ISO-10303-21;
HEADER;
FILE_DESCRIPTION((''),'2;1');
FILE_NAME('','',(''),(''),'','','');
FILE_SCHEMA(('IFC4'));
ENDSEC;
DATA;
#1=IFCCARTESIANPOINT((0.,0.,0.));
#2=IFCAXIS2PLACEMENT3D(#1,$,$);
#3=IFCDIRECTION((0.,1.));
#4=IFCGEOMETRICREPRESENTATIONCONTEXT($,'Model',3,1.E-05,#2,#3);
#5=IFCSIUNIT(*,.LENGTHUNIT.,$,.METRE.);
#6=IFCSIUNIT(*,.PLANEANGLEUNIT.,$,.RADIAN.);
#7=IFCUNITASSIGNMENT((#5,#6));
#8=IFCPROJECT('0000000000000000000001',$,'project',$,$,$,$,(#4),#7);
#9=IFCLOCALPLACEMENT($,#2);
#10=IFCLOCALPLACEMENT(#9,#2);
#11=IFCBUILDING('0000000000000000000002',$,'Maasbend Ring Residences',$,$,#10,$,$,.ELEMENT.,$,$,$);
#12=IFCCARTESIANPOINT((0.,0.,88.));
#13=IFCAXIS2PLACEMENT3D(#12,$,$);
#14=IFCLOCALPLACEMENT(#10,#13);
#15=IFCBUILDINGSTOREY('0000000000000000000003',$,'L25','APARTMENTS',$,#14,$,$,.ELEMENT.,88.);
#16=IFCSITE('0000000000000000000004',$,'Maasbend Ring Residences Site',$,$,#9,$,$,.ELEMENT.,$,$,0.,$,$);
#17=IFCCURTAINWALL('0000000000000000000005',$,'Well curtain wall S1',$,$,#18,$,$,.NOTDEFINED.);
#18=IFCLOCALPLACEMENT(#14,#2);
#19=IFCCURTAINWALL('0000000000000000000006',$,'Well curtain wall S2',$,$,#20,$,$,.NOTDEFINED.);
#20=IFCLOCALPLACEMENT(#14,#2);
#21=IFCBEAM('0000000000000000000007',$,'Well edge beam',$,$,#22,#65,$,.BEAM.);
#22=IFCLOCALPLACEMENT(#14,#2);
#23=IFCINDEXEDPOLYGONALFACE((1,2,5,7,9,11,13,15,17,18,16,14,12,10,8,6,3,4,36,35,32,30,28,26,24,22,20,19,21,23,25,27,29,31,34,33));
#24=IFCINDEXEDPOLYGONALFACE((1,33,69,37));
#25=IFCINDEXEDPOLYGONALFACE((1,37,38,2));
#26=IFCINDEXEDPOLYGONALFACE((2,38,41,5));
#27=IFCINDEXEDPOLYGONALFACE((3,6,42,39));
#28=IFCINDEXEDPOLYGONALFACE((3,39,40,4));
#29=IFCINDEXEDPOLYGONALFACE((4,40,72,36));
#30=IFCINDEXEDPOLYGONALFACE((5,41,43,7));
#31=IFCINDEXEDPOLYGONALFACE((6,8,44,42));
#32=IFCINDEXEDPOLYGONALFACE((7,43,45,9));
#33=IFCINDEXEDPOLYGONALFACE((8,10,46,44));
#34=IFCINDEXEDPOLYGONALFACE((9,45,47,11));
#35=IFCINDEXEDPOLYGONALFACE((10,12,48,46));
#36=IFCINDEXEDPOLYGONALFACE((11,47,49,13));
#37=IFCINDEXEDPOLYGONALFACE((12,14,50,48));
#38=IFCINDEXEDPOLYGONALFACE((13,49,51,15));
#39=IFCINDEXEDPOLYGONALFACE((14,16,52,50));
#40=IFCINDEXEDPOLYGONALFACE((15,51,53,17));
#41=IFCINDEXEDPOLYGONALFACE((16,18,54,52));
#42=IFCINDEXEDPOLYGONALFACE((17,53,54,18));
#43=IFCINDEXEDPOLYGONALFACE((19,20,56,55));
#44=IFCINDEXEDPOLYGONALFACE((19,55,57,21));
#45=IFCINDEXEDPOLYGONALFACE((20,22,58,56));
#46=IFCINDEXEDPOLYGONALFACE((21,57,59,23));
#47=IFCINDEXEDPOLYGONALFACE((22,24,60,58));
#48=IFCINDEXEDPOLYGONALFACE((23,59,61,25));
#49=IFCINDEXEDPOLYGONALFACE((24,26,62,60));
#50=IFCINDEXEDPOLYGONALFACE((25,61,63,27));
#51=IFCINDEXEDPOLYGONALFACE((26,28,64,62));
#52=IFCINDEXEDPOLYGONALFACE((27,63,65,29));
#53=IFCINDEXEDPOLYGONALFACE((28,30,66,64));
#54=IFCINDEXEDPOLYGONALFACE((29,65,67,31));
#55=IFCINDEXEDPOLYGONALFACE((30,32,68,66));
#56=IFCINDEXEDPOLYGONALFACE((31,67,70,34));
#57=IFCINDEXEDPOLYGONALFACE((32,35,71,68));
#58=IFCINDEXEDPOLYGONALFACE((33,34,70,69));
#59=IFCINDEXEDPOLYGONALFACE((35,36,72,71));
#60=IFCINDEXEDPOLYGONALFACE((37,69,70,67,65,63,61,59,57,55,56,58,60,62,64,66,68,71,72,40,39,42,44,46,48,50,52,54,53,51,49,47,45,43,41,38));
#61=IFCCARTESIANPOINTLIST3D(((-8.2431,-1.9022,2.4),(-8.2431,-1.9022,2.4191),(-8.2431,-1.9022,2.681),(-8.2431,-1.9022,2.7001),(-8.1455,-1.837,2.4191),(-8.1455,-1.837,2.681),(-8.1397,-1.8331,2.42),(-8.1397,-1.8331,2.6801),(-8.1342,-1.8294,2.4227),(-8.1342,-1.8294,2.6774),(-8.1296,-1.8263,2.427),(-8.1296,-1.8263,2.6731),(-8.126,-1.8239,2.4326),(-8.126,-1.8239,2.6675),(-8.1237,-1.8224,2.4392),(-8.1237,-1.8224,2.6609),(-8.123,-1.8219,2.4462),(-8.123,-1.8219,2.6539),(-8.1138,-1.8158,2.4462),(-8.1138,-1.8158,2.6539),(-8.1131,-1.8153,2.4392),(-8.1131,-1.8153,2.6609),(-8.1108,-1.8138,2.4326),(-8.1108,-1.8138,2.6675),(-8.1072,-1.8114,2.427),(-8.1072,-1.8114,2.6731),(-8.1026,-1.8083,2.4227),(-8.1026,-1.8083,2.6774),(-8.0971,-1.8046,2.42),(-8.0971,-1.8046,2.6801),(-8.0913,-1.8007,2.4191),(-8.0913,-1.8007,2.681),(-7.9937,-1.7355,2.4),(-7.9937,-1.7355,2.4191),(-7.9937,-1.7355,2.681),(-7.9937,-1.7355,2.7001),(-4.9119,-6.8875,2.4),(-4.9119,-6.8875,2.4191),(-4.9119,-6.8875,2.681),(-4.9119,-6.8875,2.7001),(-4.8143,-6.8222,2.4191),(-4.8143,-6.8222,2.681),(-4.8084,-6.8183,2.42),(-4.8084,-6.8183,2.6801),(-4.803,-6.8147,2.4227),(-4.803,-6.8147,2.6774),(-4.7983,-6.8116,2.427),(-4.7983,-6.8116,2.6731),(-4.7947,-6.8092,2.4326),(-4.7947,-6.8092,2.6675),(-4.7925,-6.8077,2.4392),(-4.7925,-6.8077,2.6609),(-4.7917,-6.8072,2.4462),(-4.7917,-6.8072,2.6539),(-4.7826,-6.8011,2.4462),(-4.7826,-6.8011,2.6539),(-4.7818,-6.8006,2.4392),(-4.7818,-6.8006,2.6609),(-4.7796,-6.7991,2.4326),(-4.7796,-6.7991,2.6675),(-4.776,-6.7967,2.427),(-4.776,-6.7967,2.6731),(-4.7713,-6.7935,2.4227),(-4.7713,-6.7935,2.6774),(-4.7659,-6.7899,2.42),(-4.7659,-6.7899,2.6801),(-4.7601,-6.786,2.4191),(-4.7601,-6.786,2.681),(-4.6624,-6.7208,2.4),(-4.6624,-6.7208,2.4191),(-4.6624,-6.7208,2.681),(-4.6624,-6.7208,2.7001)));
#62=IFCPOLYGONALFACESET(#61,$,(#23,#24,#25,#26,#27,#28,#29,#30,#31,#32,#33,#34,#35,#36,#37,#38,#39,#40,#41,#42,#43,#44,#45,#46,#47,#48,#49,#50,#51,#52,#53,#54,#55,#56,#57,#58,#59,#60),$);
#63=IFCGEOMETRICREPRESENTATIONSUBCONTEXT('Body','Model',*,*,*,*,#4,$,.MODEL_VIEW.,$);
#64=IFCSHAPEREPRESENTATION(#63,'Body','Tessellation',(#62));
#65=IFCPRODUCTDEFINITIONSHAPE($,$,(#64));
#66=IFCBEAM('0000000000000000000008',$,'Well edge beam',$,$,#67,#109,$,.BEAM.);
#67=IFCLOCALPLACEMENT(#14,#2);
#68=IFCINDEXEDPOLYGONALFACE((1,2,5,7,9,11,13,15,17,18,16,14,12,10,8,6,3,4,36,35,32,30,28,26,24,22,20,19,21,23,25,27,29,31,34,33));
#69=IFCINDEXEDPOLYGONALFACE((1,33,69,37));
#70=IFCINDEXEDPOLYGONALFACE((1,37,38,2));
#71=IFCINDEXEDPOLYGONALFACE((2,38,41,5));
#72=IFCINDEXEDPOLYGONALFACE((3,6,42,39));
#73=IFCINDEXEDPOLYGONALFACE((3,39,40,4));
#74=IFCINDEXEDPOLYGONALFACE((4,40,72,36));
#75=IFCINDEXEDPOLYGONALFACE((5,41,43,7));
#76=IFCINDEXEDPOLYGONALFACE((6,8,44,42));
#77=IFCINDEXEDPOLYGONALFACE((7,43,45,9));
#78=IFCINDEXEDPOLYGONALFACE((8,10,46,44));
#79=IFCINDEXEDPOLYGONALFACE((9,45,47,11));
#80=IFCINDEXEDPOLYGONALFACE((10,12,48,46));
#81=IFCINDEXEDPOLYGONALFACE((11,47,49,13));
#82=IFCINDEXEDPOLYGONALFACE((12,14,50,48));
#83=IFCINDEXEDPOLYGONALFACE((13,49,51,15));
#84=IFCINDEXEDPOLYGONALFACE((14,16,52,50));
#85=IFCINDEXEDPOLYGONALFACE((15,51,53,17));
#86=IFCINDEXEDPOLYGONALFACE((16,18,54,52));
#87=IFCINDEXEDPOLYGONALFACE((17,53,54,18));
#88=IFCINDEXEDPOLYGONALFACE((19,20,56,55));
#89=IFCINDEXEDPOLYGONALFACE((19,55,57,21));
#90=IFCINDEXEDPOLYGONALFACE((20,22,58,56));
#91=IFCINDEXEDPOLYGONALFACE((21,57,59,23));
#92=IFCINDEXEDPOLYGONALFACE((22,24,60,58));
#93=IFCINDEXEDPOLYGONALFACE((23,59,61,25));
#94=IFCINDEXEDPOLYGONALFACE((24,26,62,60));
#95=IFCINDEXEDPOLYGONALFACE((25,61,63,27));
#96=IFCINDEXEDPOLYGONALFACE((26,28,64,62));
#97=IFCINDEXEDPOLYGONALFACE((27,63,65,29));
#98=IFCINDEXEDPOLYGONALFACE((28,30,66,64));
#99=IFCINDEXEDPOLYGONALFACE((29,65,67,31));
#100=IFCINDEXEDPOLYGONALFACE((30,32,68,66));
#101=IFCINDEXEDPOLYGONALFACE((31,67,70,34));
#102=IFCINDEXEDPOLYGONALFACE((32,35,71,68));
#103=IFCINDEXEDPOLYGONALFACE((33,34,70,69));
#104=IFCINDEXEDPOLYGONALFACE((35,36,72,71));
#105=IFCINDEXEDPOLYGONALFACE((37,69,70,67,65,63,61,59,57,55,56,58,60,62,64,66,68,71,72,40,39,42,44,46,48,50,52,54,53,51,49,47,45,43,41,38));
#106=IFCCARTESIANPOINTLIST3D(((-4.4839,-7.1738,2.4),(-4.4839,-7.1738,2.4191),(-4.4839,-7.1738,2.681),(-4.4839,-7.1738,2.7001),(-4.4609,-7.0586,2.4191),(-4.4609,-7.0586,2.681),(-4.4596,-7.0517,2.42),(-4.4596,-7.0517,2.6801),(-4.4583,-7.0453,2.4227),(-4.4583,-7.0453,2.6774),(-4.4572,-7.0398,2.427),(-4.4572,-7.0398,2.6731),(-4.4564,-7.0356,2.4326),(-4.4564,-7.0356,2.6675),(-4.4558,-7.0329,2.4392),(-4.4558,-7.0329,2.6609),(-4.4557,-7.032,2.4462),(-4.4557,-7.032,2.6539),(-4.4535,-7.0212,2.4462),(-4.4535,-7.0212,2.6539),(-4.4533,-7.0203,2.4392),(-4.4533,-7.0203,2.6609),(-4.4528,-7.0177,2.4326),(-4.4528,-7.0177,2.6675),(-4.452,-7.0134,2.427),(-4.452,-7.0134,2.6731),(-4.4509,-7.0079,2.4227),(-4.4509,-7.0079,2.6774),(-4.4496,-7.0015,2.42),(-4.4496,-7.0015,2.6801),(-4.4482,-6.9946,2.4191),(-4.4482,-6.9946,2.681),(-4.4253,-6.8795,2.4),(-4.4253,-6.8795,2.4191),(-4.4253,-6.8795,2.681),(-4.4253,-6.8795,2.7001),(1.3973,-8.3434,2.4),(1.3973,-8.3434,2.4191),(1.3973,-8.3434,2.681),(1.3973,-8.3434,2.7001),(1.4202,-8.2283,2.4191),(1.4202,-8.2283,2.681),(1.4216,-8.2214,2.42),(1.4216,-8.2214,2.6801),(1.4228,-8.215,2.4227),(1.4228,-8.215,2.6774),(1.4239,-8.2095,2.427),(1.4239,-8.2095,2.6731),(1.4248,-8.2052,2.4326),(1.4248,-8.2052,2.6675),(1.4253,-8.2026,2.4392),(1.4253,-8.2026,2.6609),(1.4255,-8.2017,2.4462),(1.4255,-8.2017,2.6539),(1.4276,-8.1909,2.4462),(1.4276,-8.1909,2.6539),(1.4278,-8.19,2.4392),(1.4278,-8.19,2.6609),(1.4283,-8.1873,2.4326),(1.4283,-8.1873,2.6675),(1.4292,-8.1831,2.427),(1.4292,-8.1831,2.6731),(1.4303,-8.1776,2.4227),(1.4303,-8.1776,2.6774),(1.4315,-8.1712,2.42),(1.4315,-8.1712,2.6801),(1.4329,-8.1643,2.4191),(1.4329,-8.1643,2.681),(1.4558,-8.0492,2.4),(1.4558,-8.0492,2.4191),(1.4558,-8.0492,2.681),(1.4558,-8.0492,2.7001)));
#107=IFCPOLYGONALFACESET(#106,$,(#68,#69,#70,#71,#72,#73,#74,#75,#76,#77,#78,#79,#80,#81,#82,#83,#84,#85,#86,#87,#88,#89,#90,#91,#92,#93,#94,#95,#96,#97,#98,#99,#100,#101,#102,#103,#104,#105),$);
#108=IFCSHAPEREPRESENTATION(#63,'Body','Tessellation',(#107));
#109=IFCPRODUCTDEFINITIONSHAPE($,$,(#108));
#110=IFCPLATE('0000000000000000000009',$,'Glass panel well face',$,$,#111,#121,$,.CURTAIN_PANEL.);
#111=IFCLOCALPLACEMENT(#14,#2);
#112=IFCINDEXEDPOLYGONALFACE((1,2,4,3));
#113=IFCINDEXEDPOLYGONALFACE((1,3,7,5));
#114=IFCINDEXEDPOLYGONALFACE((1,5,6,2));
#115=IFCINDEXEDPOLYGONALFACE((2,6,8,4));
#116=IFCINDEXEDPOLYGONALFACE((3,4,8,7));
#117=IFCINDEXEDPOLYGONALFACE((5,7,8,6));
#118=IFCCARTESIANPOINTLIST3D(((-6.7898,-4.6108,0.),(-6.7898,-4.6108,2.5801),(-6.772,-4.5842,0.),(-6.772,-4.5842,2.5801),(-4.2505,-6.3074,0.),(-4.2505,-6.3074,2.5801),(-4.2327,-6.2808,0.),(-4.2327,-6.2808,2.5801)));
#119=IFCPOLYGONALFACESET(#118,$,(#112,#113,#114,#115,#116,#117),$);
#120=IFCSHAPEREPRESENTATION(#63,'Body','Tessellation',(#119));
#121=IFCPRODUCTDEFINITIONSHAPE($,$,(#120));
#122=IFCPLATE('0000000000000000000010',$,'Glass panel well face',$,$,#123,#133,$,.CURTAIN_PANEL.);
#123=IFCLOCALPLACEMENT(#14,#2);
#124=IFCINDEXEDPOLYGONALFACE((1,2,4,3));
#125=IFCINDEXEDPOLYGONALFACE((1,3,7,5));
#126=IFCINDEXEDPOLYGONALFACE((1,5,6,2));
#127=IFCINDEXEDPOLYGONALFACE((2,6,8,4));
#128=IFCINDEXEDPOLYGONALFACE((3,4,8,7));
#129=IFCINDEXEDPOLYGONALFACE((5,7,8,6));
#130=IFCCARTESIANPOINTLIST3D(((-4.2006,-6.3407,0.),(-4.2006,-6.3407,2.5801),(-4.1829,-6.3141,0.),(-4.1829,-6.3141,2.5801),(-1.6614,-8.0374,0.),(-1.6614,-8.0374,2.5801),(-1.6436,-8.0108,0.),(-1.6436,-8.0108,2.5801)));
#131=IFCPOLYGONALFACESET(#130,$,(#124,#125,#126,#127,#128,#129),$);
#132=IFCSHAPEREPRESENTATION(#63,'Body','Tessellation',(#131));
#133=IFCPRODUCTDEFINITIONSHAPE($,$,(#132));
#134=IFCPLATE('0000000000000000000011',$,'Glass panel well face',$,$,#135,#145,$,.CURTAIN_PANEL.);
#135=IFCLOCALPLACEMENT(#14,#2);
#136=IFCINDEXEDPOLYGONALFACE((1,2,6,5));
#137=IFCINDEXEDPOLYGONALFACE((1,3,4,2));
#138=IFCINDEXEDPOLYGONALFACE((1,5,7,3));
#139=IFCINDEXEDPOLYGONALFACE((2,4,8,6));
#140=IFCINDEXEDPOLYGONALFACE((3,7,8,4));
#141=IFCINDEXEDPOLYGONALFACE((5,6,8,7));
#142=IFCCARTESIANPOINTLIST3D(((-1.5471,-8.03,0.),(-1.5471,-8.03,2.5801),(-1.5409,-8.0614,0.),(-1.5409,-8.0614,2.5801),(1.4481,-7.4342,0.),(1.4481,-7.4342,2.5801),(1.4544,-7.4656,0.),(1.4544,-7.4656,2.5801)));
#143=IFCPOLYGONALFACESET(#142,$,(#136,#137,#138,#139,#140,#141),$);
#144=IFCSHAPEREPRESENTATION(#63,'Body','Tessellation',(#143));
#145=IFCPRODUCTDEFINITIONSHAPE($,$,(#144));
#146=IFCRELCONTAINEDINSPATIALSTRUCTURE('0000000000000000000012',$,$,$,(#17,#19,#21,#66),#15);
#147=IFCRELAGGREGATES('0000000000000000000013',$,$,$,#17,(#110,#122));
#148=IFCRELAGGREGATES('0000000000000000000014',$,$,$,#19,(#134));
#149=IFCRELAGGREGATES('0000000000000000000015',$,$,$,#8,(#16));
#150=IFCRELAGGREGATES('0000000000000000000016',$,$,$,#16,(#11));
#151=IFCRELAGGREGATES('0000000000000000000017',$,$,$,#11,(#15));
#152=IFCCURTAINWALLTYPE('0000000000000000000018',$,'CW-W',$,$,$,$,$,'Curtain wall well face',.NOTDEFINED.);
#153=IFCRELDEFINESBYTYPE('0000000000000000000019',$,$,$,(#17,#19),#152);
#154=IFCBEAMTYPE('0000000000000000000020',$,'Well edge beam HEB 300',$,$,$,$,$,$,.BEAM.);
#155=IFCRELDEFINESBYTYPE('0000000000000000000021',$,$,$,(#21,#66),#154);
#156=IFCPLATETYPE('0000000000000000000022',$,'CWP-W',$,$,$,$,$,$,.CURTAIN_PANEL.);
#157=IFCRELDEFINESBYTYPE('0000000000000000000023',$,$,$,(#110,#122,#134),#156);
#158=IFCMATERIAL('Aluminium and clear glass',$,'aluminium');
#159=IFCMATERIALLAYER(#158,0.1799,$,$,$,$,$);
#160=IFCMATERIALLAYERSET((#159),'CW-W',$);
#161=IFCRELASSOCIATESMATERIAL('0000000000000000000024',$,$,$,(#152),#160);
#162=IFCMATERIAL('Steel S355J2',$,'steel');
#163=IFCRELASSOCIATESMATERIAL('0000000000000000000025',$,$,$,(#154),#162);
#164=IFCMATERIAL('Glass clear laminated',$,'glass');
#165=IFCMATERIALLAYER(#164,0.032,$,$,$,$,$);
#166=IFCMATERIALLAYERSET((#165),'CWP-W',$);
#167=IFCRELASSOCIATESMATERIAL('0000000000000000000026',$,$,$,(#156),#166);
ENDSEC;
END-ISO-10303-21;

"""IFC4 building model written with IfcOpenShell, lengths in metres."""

from ifc_helpers import new_model, si_unit, direction, frame, origin, origin_2d, place, context, subcontext, project, spatial, rectangle, i_section, extrude, material, layer, layer_set, material_profile, profile_set, type_object, element, aggregate, save


model = new_model("IFC4")

# Units and contexts
model_context = context("Model", 3, precision=1e-05, world=origin(), true_north=direction((0.0, 1.0)))
body_context = subcontext(model_context, "Body", "Model", "MODEL_VIEW")
ifc_project = project(units=[si_unit("LENGTHUNIT", "METRE"), si_unit("PLANEANGLEUNIT", "RADIAN")], contexts=[model_context])

# Site, building, storey
site_placement = place(None, origin())
site = spatial("IfcSite", under=ifc_project, at=site_placement, Name="Maasbend Ring Residences Site", CompositionType="ELEMENT", RefElevation=0.0)
building_placement = place(site_placement, origin())
building = spatial("IfcBuilding", under=site, at=building_placement, Name="Maasbend Ring Residences", CompositionType="ELEMENT")
storey_placement = place(building_placement, frame((0.0, 0.0, 88.0)))
storey = spatial("IfcBuildingStorey", under=building, at=storey_placement, Name="L25", Description="APARTMENTS", CompositionType="ELEMENT", Elevation=88.0)

# Curtain wall
ifc_material_1 = material(Name="Aluminium and clear glass", Category="aluminium")
ifc_layer_1 = layer(ifc_material_1, 0.1799)
ifc_layer_set_1 = layer_set([ifc_layer_1], Name="CW-W")
curtain_wall_type = type_object("IfcCurtainWallType", Name="CW-W", ElementType="Curtain wall well face", PredefinedType="NOTDEFINED", material=ifc_layer_set_1)
curtain_wall_1_placement = place(storey_placement, origin())
curtain_wall_1 = element("IfcCurtainWall", 1, at=curtain_wall_1_placement, inside=storey, type_object=curtain_wall_type, Name="Well curtain wall S1", PredefinedType="NOTDEFINED")

# Curtain wall
curtain_wall_2_placement = place(storey_placement, origin())
curtain_wall_2 = element("IfcCurtainWall", 2, at=curtain_wall_2_placement, inside=storey, type_object=curtain_wall_type, Name="Well curtain wall S2", PredefinedType="NOTDEFINED")

# Beams
ifc_material_2 = material(Name="Steel S355J2", Category="steel")
ifc_material_profile_1 = material_profile(ifc_material_2, i_section(OverallWidth=0.3, OverallDepth=0.3, WebThickness=0.011, FlangeThickness=0.019, FilletRadius=0.0271, at=origin_2d()), Name="HEB 300")
ifc_profile_set_1 = profile_set([ifc_material_profile_1], Name="Steel S355J2")
beam_type = type_object("IfcBeamType", Name="Well edge beam HEB 300", PredefinedType="BEAM", material=ifc_profile_set_1)
beam_1_placement = place(storey_placement, frame((-8.1184, -1.8188, 2.55), z_axis=(0.555593, -0.831455, 0.0), x_axis=(0.831455, 0.555593, 0.0)))
element("IfcBeam", 3, at=beam_1_placement, inside=storey, type_object=beam_type, Name="Well edge beam", PredefinedType="BEAM", context=body_context, shape_type="SweptSolid", body=[
    extrude(i_section(OverallWidth=0.3, OverallDepth=0.3, WebThickness=0.011, FlangeThickness=0.019, FilletRadius=0.0271, at=origin_2d()), origin(), (0.0, 0.0, 1.0), 5.9958),
])
beam_2_placement = place(storey_placement, frame((-4.4546, -7.0266, 2.55), z_axis=(0.98079, -0.195067, 0.0), x_axis=(0.195067, 0.98079, 0.0)))
element("IfcBeam", 4, at=beam_2_placement, inside=storey, type_object=beam_type, Name="Well edge beam", PredefinedType="BEAM", context=body_context, shape_type="SweptSolid", body=[
    extrude(i_section(OverallWidth=0.3, OverallDepth=0.3, WebThickness=0.011, FlangeThickness=0.019, FilletRadius=0.0271, at=origin_2d()), origin(), (0.0, 0.0, 1.0), 5.9963),
])

# Plates
ifc_material_3 = material(Name="Glass clear laminated", Category="glass")
ifc_layer_2 = layer(ifc_material_3, 0.032)
ifc_layer_set_2 = layer_set([ifc_layer_2], Name="CWP-W")
plate_type = type_object("IfcPlateType", Name="CWP-W", PredefinedType="CURTAIN_PANEL", material=ifc_layer_set_2)
plate_1_placement = place(storey_placement, frame((-5.5112, -5.4458, 0.0), z_axis=(0.0, 0.0, 1.0), x_axis=(0.83147, -0.55557, 0.0)))
plate_1 = element("IfcPlate", 5, at=plate_1_placement, type_object=plate_type, Name="Glass panel well face", PredefinedType="CURTAIN_PANEL", context=body_context, shape_type="SweptSolid", body=[
    extrude(rectangle(XDim=3.054, YDim=0.032, at=origin_2d()), origin(), (0.0, 0.0, 1.0), 2.5801),
])
plate_2_placement = place(storey_placement, frame((-2.9221, -7.1758, 0.0), z_axis=(0.0, 0.0, 1.0), x_axis=(0.83147, -0.55557, 0.0)))
plate_2 = element("IfcPlate", 6, at=plate_2_placement, type_object=plate_type, Name="Glass panel well face", PredefinedType="CURTAIN_PANEL", context=body_context, shape_type="SweptSolid", body=[
    extrude(rectangle(XDim=3.054, YDim=0.032, at=origin_2d()), origin(), (0.0, 0.0, 1.0), 2.5801),
])
aggregate(curtain_wall_1, [plate_1, plate_2])
plate_3_placement = place(storey_placement, frame((-0.0464, -7.7478, 0.0), z_axis=(0.0, 0.0, 1.0), x_axis=(0.980785, 0.19509, 0.0)))
plate_3 = element("IfcPlate", 7, at=plate_3_placement, type_object=plate_type, Name="Glass panel well face", PredefinedType="CURTAIN_PANEL", context=body_context, shape_type="SweptSolid", body=[
    extrude(rectangle(XDim=3.054, YDim=0.032, at=origin_2d()), origin(), (0.0, 0.0, 1.0), 2.5801),
])
aggregate(curtain_wall_2, [plate_3])

save(model, "model.ifc")
